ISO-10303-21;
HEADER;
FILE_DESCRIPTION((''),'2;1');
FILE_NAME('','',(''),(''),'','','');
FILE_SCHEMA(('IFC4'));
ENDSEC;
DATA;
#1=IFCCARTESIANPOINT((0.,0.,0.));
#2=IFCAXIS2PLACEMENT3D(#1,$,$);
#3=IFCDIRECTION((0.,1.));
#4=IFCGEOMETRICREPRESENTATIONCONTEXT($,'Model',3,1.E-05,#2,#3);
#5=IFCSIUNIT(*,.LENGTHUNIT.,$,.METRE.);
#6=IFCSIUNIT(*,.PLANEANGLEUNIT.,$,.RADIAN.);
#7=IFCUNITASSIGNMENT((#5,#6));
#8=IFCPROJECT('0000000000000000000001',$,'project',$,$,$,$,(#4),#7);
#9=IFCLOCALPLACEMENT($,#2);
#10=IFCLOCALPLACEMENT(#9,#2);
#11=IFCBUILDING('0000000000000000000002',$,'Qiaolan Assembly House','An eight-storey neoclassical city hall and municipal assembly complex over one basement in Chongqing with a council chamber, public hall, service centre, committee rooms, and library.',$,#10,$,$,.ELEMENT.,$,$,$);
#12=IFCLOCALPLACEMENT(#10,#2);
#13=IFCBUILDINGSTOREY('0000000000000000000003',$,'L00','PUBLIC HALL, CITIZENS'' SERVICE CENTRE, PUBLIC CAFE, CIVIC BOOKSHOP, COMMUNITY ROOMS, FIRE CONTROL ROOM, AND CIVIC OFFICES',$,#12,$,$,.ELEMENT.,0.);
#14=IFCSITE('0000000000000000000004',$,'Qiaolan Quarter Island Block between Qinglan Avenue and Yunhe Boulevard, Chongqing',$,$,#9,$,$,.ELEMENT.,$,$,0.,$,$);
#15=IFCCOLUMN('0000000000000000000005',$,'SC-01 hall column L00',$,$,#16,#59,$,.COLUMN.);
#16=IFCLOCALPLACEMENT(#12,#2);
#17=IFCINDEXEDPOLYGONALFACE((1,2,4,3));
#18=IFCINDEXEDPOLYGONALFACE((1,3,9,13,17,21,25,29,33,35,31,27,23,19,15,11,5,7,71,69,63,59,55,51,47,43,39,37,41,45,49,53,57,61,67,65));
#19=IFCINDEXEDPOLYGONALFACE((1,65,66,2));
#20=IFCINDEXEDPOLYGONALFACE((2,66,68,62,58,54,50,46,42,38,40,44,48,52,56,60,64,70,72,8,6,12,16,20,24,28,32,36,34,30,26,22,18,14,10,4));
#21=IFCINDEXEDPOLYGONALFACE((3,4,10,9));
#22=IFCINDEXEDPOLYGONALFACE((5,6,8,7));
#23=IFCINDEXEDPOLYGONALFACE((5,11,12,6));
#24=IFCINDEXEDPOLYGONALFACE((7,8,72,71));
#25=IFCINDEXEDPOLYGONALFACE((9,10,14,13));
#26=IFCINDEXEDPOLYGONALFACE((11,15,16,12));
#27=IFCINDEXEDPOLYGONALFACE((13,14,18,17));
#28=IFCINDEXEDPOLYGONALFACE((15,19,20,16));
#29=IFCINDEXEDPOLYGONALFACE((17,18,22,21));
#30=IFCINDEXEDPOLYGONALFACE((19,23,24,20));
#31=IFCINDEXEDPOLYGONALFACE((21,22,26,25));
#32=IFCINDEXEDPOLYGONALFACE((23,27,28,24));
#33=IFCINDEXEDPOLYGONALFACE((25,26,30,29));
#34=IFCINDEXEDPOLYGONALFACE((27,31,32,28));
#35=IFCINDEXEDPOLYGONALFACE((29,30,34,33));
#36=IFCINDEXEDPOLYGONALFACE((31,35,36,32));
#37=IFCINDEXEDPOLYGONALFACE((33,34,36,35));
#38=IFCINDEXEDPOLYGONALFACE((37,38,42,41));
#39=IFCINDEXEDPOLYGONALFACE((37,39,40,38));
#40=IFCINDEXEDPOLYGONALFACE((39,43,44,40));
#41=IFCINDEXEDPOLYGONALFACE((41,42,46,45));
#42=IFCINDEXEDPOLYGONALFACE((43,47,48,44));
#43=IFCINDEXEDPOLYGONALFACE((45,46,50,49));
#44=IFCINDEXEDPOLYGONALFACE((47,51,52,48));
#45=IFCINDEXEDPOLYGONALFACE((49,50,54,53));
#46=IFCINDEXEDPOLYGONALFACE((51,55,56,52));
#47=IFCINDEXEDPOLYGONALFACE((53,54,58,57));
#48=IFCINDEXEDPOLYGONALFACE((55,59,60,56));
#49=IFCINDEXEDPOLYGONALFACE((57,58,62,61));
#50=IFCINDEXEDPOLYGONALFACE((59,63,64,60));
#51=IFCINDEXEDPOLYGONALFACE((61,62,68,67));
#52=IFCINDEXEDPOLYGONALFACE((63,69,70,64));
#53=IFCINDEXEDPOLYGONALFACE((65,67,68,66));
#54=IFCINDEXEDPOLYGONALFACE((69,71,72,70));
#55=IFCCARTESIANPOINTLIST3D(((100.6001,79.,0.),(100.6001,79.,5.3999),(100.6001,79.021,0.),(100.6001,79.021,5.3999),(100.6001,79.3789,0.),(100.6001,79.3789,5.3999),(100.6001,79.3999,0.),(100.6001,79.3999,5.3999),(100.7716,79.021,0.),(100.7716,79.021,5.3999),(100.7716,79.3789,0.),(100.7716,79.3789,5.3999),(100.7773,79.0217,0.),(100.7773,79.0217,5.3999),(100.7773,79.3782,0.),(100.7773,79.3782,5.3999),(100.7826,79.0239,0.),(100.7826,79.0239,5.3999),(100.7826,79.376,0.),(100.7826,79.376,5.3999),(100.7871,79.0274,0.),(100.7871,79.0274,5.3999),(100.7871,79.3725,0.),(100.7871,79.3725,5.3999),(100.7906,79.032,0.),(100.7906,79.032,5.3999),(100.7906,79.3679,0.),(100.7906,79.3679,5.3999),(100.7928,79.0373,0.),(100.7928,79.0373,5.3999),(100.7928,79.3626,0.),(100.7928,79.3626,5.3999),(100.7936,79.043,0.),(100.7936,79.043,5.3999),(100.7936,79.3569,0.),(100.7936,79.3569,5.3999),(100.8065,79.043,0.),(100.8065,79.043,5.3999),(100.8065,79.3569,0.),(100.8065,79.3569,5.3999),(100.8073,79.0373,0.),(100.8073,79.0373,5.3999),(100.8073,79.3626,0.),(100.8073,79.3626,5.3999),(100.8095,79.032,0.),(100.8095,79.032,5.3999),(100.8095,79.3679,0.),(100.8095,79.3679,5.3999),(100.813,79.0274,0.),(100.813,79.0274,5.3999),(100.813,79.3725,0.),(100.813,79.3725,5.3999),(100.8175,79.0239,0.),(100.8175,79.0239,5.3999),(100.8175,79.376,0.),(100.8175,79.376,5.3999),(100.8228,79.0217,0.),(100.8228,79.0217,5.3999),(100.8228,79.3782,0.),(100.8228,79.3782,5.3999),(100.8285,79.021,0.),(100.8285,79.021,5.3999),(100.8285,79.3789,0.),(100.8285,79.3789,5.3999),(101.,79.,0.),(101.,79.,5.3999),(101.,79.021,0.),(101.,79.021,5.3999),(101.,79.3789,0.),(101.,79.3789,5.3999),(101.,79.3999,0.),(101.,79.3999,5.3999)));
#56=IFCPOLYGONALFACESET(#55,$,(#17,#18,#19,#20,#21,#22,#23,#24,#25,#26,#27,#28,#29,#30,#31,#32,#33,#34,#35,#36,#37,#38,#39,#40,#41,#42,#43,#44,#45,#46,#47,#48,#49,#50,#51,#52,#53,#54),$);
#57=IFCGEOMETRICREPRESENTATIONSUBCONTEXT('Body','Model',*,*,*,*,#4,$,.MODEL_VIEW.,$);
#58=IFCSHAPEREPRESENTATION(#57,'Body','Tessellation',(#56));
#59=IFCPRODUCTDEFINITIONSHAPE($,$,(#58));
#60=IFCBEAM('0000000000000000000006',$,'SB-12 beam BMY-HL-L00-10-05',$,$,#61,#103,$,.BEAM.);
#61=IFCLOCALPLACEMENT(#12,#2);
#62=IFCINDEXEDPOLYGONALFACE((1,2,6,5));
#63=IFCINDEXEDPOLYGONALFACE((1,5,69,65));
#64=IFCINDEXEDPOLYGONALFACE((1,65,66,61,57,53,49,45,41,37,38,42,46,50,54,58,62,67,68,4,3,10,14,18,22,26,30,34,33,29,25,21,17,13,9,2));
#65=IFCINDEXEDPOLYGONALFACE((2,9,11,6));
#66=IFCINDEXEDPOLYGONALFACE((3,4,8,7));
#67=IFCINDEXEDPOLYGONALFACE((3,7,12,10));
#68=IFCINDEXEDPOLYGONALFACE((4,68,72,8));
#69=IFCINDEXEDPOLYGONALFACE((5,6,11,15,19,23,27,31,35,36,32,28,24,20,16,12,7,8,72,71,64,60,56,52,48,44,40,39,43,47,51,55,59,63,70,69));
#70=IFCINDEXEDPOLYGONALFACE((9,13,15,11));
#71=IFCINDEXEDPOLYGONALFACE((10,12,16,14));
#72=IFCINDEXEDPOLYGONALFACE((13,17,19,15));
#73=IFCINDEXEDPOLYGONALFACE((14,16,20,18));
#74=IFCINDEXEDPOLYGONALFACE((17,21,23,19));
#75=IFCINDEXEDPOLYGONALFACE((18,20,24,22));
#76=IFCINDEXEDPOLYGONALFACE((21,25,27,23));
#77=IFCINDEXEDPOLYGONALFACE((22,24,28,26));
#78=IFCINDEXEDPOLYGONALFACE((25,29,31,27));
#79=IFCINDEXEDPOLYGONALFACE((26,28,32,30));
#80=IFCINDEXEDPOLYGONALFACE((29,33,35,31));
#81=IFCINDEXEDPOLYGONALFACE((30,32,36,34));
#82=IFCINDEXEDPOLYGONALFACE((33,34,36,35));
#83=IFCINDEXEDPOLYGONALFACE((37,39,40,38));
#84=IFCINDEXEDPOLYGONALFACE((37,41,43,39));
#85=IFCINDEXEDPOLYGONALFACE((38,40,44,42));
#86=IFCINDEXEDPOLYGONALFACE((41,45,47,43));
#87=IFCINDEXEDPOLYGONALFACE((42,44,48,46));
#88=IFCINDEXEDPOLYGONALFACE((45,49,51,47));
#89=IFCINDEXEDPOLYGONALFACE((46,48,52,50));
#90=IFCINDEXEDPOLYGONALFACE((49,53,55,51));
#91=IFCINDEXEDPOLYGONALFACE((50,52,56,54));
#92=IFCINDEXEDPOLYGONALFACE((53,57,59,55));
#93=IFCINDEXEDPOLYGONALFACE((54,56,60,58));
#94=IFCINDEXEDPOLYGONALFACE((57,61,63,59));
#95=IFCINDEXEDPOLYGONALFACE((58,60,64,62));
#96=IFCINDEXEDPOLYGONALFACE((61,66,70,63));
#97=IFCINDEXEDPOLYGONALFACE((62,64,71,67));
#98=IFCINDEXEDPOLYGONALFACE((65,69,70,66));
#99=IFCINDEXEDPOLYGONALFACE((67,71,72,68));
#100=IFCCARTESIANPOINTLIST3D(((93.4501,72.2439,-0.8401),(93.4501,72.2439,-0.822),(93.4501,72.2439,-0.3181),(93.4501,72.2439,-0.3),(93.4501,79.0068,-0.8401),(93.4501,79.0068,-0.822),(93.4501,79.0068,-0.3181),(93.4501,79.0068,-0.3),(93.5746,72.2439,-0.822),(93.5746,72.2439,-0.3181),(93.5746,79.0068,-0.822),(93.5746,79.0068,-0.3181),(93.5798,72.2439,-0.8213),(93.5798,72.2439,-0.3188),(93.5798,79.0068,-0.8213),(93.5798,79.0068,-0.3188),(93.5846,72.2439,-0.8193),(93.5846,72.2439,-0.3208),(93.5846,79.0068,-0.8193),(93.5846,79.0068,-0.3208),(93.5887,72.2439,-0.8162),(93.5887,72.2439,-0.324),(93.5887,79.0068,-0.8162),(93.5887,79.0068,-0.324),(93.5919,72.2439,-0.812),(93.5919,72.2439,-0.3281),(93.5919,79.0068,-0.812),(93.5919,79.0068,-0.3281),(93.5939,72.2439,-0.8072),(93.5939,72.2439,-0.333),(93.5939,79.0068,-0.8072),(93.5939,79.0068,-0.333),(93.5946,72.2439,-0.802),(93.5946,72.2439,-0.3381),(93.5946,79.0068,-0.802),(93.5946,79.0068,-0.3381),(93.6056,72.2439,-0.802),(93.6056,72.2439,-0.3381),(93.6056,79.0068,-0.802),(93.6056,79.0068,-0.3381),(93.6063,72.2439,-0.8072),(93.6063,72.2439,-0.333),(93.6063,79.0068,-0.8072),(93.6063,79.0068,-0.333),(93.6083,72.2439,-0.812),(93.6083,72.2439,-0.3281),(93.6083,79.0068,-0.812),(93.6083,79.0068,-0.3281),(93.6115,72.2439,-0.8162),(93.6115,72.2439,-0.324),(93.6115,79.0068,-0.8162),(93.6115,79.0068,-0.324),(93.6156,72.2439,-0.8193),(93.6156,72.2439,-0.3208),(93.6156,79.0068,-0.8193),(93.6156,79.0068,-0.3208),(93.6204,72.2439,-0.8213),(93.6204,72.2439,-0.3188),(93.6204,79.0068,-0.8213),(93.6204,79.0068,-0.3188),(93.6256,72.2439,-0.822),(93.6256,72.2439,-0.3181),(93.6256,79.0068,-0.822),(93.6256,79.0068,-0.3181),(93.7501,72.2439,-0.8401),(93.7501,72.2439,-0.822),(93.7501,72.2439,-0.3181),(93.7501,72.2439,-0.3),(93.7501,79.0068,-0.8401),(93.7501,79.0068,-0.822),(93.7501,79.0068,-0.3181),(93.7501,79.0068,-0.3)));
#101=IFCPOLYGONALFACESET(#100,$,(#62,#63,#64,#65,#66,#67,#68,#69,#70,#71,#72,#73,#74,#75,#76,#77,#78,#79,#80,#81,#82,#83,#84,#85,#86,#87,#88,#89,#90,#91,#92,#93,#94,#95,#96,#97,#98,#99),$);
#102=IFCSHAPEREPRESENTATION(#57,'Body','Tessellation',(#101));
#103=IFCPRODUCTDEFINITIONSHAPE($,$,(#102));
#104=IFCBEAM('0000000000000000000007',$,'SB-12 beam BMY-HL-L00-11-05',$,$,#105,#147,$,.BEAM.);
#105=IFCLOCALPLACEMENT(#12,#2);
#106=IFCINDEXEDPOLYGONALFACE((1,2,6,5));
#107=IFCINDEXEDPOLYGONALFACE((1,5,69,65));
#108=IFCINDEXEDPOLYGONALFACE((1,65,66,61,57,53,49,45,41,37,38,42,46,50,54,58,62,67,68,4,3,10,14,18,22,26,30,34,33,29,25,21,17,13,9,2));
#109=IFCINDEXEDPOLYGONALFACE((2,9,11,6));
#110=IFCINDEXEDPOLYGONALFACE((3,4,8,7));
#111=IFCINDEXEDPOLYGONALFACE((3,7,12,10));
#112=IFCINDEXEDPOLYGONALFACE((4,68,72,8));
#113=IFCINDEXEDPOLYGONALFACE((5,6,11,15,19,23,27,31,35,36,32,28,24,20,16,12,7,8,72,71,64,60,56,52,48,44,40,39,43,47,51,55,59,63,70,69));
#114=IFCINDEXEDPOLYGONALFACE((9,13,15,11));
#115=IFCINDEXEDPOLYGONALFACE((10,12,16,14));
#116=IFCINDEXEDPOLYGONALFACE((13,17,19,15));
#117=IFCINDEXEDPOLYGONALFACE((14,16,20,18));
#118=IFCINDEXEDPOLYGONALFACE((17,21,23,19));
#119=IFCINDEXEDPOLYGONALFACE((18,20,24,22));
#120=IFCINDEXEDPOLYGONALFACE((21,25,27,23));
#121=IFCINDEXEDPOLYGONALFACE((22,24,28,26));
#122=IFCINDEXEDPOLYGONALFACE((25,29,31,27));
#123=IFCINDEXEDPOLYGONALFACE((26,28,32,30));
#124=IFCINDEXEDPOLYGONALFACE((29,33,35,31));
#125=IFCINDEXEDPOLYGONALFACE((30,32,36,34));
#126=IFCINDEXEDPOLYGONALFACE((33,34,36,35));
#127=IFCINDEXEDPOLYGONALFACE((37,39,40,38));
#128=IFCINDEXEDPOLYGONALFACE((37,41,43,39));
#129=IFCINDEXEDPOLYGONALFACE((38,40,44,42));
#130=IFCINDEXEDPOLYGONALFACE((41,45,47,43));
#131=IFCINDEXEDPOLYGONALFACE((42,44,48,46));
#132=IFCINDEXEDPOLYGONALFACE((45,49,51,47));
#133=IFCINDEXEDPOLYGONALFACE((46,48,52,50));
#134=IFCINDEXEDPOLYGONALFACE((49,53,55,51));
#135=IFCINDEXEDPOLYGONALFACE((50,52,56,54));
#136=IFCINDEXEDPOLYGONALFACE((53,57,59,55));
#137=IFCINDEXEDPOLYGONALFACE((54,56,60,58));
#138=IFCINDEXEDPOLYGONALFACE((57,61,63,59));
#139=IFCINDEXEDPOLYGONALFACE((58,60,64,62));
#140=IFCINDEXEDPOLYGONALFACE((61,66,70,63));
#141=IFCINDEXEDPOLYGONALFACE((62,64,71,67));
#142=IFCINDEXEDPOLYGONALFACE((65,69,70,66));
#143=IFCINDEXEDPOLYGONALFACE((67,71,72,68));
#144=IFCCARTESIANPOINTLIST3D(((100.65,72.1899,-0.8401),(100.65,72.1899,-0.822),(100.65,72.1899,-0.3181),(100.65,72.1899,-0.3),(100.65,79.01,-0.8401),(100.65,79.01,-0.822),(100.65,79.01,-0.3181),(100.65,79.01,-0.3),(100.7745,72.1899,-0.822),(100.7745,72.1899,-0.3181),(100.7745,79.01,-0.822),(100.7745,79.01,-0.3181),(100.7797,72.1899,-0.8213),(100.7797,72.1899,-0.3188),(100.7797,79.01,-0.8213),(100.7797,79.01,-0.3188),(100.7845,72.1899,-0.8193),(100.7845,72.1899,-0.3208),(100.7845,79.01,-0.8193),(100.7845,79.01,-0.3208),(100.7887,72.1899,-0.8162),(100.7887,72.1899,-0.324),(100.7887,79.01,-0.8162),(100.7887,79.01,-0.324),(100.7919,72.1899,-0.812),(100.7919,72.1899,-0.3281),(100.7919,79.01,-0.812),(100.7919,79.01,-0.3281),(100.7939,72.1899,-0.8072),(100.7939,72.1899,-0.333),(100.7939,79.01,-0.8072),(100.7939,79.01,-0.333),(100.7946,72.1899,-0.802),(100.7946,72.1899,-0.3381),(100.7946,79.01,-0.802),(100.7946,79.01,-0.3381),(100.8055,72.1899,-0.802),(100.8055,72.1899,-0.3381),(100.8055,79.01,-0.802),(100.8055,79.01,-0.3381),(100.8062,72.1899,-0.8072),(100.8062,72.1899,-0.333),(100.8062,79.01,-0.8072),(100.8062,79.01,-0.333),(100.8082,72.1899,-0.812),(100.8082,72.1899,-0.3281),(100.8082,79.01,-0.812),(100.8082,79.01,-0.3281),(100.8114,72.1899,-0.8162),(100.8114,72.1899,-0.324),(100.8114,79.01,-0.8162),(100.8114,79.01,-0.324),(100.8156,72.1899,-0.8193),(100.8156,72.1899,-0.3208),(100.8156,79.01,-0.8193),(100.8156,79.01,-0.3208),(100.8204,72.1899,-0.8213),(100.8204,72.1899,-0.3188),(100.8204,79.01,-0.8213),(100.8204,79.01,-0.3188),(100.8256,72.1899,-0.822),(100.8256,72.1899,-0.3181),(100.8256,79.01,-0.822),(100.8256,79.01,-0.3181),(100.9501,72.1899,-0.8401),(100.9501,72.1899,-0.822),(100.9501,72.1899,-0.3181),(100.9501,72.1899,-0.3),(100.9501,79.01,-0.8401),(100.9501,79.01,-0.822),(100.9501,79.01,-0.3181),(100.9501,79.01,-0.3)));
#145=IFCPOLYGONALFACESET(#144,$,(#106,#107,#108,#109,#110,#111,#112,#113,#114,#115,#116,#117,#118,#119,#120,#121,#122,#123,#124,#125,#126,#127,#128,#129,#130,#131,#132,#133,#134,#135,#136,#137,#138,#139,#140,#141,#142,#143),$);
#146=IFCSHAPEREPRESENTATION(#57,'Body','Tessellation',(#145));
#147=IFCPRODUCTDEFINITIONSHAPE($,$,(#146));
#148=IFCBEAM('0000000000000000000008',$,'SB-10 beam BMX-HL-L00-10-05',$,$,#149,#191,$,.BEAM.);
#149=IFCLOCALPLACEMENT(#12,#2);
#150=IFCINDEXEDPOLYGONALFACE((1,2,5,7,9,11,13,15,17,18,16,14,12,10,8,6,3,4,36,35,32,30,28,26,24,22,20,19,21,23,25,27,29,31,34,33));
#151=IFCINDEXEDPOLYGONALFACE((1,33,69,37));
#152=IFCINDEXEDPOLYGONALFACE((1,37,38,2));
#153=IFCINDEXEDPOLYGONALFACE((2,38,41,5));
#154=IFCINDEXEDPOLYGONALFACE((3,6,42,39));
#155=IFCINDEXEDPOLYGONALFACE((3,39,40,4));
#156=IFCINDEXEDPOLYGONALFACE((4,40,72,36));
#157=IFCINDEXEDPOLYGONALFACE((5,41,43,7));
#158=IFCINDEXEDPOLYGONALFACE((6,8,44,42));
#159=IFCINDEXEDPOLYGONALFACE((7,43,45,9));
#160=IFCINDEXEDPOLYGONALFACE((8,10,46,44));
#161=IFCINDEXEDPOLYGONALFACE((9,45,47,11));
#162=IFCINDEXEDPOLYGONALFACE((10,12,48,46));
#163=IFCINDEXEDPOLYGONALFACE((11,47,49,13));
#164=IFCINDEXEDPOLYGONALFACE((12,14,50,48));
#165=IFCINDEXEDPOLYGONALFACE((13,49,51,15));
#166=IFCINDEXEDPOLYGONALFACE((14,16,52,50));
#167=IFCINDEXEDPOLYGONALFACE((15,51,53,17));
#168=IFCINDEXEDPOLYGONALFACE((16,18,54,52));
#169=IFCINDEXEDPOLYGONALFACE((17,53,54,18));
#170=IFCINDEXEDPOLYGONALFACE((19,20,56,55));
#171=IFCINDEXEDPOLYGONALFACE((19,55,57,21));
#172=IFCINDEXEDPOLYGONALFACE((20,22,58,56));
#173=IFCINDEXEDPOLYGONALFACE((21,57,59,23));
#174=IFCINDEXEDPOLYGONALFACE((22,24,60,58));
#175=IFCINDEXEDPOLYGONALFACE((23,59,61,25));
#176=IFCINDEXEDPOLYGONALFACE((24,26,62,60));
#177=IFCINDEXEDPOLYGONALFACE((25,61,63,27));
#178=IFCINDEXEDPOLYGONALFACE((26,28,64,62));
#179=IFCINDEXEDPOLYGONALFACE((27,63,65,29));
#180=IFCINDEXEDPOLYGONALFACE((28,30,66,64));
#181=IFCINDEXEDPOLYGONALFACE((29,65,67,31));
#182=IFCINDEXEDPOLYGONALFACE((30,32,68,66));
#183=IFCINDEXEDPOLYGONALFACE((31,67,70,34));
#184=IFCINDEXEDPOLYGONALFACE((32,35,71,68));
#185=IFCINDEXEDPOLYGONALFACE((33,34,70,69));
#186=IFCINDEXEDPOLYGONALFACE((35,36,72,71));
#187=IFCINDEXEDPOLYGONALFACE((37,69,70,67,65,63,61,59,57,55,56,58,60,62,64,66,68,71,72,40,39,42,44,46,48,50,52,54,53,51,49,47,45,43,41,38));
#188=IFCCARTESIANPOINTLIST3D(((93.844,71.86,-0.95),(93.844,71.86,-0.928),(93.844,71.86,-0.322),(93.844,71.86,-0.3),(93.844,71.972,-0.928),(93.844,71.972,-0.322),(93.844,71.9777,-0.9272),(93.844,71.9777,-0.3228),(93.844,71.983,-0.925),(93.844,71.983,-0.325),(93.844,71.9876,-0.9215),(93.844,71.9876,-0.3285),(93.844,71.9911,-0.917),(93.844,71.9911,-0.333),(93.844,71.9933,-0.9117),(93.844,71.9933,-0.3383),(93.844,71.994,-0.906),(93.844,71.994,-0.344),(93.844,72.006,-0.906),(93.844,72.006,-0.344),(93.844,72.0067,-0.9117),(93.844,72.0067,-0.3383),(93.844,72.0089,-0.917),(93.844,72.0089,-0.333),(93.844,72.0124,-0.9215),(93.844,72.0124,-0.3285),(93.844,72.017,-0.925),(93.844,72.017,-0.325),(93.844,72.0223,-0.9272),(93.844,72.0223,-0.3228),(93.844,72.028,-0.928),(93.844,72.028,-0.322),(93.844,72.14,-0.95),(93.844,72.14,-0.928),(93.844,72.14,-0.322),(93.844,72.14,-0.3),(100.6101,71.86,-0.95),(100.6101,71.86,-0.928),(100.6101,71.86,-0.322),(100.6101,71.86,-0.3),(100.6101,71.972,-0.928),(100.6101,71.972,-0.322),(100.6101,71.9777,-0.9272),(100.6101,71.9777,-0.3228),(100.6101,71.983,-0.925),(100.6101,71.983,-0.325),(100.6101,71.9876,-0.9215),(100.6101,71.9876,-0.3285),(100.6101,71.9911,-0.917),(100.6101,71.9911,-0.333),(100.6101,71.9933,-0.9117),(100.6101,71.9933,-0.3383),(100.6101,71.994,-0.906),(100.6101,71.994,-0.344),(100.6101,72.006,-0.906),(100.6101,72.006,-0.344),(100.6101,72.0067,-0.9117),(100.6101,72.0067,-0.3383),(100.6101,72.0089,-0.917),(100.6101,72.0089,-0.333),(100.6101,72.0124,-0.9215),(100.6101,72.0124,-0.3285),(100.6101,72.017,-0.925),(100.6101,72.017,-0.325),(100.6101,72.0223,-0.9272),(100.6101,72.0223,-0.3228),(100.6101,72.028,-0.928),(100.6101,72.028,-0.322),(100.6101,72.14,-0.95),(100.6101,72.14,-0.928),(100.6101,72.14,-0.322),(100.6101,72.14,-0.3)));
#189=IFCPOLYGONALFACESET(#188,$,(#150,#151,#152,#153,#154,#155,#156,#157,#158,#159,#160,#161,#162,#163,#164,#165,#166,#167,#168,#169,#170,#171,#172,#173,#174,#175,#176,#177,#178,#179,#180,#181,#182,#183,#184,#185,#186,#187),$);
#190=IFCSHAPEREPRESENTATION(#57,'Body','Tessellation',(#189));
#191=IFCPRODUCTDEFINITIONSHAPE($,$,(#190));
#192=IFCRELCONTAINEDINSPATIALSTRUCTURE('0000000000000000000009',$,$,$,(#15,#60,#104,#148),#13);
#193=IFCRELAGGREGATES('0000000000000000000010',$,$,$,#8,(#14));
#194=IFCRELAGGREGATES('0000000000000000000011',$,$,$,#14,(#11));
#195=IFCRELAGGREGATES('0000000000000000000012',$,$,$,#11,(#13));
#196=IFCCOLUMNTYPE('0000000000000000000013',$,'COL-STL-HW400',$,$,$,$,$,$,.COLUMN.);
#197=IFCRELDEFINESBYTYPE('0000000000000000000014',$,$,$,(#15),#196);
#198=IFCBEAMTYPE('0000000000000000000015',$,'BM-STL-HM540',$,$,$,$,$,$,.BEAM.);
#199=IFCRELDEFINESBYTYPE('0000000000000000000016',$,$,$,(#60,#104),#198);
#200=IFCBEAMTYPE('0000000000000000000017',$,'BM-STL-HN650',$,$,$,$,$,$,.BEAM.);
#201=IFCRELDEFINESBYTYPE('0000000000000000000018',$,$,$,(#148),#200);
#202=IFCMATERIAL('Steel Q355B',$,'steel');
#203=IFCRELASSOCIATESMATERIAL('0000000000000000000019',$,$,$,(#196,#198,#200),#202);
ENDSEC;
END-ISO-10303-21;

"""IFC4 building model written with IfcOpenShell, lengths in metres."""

from ifc_helpers import new_model, si_unit, direction, frame, origin, origin_2d, place, context, subcontext, project, spatial, i_section, extrude, material, material_profile, profile_set, type_object, element, save


model = new_model("IFC4")

# Units and contexts
model_context = context("Model", 3, precision=1e-05, world=origin(), true_north=direction((0.0, 1.0)))
body_context = subcontext(model_context, "Body", "Model", "MODEL_VIEW")
ifc_project = project(units=[si_unit("LENGTHUNIT", "METRE"), si_unit("PLANEANGLEUNIT", "RADIAN")], contexts=[model_context])

# Site, building, storey
site_placement = place(None, origin())
site = spatial("IfcSite", under=ifc_project, at=site_placement, Name="Qiaolan Quarter Island Block between Qinglan Avenue and Yunhe Boulevard, Chongqing", CompositionType="ELEMENT", RefElevation=0.0)
building_placement = place(site_placement, origin())
building = spatial("IfcBuilding", under=site, at=building_placement, Name="Qiaolan Assembly House", Description="An eight-storey neoclassical city hall and municipal assembly complex over one basement in Chongqing with a council chamber, public hall, service centre, committee rooms, and library.", CompositionType="ELEMENT")
storey_placement = place(building_placement, origin())
storey = spatial("IfcBuildingStorey", under=building, at=storey_placement, Name="L00", Description="PUBLIC HALL, CITIZENS' SERVICE CENTRE, PUBLIC CAFE, CIVIC BOOKSHOP, COMMUNITY ROOMS, FIRE CONTROL ROOM, AND CIVIC OFFICES", CompositionType="ELEMENT", Elevation=0.0)

# Column
ifc_material_1 = material(Name="Steel Q355B", Category="steel")
ifc_material_profile_1 = material_profile(ifc_material_1, i_section(OverallWidth=0.3999, OverallDepth=0.3999, WebThickness=0.0129, FlangeThickness=0.021, FilletRadius=0.022, at=origin_2d()), Name="HW 400x400x13x21")
ifc_profile_set_1 = profile_set([ifc_material_profile_1], Name="Steel Q355B")
column_type_1 = type_object("IfcColumnType", Name="COL-STL-HW400", PredefinedType="COLUMN", material=ifc_profile_set_1)
for number, where, z_axis, x_axis, name in (
    (1, (100.8, 79.2, 0.0), (0.0, 0.0, 1.0), (1.0, 0.0, 0.0), "SC-01 hall column L00"),
):
    element("IfcColumn", number, at=place(storey_placement, frame(where, z_axis=z_axis, x_axis=x_axis)), inside=storey, type_object=column_type_1, Name=name, PredefinedType="COLUMN", context=body_context, shape_type="SweptSolid", body=[
        extrude(i_section(OverallWidth=0.3999, OverallDepth=0.3999, WebThickness=0.0129, FlangeThickness=0.021, FilletRadius=0.022, at=origin_2d()), origin(), (0.0, 0.0, 1.0), 5.3999),
    ])

# Beams
ifc_material_profile_2 = material_profile(ifc_material_1, i_section(OverallWidth=0.3, OverallDepth=0.54, WebThickness=0.011, FlangeThickness=0.0181, FilletRadius=0.02, at=origin_2d()), Name="HM 540x300x11x18")
ifc_profile_set_2 = profile_set([ifc_material_profile_2], Name="Steel Q355B")
beam_type_1 = type_object("IfcBeamType", Name="BM-STL-HM540", PredefinedType="BEAM", material=ifc_profile_set_2)
beam_1_placement = place(storey_placement, frame((93.6001, 72.2439, -0.5701), z_axis=(0.0, 1.0, 0.0), x_axis=(-1.0, 0.0, 0.0)))
element("IfcBeam", 2, at=beam_1_placement, inside=storey, type_object=beam_type_1, Name="SB-12 beam BMY-HL-L00-10-05", PredefinedType="BEAM", context=body_context, shape_type="SweptSolid", body=[
    extrude(i_section(OverallWidth=0.3, OverallDepth=0.54, WebThickness=0.011, FlangeThickness=0.0181, FilletRadius=0.02, at=origin_2d()), origin(), (0.0, 0.0, 1.0), 6.7629),
])
beam_2_placement = place(storey_placement, frame((100.8, 72.1899, -0.5701), z_axis=(0.0, 1.0, 0.0), x_axis=(-1.0, 0.0, 0.0)))
element("IfcBeam", 3, at=beam_2_placement, inside=storey, type_object=beam_type_1, Name="SB-12 beam BMY-HL-L00-11-05", PredefinedType="BEAM", context=body_context, shape_type="SweptSolid", body=[
    extrude(i_section(OverallWidth=0.3, OverallDepth=0.54, WebThickness=0.011, FlangeThickness=0.0181, FilletRadius=0.02, at=origin_2d()), origin(), (0.0, 0.0, 1.0), 6.8201),
])
ifc_material_profile_3 = material_profile(ifc_material_1, i_section(OverallWidth=0.28, OverallDepth=0.6499, WebThickness=0.012, FlangeThickness=0.022, FilletRadius=0.022, at=origin_2d()), Name="HN 650x280x12x22")
ifc_profile_set_3 = profile_set([ifc_material_profile_3], Name="Steel Q355B")
beam_type_2 = type_object("IfcBeamType", Name="BM-STL-HN650", PredefinedType="BEAM", material=ifc_profile_set_3)
beam_3_placement = place(storey_placement, frame((93.844, 72.0, -0.625), z_axis=(1.0, 0.0, 0.0), x_axis=(0.0, 1.0, 0.0)))
element("IfcBeam", 4, at=beam_3_placement, inside=storey, type_object=beam_type_2, Name="SB-10 beam BMX-HL-L00-10-05", PredefinedType="BEAM", context=body_context, shape_type="SweptSolid", body=[
    extrude(i_section(OverallWidth=0.28, OverallDepth=0.6499, WebThickness=0.012, FlangeThickness=0.022, FilletRadius=0.022, at=origin_2d()), origin(), (0.0, 0.0, 1.0), 6.7661),
])

save(model, "model.ifc")
